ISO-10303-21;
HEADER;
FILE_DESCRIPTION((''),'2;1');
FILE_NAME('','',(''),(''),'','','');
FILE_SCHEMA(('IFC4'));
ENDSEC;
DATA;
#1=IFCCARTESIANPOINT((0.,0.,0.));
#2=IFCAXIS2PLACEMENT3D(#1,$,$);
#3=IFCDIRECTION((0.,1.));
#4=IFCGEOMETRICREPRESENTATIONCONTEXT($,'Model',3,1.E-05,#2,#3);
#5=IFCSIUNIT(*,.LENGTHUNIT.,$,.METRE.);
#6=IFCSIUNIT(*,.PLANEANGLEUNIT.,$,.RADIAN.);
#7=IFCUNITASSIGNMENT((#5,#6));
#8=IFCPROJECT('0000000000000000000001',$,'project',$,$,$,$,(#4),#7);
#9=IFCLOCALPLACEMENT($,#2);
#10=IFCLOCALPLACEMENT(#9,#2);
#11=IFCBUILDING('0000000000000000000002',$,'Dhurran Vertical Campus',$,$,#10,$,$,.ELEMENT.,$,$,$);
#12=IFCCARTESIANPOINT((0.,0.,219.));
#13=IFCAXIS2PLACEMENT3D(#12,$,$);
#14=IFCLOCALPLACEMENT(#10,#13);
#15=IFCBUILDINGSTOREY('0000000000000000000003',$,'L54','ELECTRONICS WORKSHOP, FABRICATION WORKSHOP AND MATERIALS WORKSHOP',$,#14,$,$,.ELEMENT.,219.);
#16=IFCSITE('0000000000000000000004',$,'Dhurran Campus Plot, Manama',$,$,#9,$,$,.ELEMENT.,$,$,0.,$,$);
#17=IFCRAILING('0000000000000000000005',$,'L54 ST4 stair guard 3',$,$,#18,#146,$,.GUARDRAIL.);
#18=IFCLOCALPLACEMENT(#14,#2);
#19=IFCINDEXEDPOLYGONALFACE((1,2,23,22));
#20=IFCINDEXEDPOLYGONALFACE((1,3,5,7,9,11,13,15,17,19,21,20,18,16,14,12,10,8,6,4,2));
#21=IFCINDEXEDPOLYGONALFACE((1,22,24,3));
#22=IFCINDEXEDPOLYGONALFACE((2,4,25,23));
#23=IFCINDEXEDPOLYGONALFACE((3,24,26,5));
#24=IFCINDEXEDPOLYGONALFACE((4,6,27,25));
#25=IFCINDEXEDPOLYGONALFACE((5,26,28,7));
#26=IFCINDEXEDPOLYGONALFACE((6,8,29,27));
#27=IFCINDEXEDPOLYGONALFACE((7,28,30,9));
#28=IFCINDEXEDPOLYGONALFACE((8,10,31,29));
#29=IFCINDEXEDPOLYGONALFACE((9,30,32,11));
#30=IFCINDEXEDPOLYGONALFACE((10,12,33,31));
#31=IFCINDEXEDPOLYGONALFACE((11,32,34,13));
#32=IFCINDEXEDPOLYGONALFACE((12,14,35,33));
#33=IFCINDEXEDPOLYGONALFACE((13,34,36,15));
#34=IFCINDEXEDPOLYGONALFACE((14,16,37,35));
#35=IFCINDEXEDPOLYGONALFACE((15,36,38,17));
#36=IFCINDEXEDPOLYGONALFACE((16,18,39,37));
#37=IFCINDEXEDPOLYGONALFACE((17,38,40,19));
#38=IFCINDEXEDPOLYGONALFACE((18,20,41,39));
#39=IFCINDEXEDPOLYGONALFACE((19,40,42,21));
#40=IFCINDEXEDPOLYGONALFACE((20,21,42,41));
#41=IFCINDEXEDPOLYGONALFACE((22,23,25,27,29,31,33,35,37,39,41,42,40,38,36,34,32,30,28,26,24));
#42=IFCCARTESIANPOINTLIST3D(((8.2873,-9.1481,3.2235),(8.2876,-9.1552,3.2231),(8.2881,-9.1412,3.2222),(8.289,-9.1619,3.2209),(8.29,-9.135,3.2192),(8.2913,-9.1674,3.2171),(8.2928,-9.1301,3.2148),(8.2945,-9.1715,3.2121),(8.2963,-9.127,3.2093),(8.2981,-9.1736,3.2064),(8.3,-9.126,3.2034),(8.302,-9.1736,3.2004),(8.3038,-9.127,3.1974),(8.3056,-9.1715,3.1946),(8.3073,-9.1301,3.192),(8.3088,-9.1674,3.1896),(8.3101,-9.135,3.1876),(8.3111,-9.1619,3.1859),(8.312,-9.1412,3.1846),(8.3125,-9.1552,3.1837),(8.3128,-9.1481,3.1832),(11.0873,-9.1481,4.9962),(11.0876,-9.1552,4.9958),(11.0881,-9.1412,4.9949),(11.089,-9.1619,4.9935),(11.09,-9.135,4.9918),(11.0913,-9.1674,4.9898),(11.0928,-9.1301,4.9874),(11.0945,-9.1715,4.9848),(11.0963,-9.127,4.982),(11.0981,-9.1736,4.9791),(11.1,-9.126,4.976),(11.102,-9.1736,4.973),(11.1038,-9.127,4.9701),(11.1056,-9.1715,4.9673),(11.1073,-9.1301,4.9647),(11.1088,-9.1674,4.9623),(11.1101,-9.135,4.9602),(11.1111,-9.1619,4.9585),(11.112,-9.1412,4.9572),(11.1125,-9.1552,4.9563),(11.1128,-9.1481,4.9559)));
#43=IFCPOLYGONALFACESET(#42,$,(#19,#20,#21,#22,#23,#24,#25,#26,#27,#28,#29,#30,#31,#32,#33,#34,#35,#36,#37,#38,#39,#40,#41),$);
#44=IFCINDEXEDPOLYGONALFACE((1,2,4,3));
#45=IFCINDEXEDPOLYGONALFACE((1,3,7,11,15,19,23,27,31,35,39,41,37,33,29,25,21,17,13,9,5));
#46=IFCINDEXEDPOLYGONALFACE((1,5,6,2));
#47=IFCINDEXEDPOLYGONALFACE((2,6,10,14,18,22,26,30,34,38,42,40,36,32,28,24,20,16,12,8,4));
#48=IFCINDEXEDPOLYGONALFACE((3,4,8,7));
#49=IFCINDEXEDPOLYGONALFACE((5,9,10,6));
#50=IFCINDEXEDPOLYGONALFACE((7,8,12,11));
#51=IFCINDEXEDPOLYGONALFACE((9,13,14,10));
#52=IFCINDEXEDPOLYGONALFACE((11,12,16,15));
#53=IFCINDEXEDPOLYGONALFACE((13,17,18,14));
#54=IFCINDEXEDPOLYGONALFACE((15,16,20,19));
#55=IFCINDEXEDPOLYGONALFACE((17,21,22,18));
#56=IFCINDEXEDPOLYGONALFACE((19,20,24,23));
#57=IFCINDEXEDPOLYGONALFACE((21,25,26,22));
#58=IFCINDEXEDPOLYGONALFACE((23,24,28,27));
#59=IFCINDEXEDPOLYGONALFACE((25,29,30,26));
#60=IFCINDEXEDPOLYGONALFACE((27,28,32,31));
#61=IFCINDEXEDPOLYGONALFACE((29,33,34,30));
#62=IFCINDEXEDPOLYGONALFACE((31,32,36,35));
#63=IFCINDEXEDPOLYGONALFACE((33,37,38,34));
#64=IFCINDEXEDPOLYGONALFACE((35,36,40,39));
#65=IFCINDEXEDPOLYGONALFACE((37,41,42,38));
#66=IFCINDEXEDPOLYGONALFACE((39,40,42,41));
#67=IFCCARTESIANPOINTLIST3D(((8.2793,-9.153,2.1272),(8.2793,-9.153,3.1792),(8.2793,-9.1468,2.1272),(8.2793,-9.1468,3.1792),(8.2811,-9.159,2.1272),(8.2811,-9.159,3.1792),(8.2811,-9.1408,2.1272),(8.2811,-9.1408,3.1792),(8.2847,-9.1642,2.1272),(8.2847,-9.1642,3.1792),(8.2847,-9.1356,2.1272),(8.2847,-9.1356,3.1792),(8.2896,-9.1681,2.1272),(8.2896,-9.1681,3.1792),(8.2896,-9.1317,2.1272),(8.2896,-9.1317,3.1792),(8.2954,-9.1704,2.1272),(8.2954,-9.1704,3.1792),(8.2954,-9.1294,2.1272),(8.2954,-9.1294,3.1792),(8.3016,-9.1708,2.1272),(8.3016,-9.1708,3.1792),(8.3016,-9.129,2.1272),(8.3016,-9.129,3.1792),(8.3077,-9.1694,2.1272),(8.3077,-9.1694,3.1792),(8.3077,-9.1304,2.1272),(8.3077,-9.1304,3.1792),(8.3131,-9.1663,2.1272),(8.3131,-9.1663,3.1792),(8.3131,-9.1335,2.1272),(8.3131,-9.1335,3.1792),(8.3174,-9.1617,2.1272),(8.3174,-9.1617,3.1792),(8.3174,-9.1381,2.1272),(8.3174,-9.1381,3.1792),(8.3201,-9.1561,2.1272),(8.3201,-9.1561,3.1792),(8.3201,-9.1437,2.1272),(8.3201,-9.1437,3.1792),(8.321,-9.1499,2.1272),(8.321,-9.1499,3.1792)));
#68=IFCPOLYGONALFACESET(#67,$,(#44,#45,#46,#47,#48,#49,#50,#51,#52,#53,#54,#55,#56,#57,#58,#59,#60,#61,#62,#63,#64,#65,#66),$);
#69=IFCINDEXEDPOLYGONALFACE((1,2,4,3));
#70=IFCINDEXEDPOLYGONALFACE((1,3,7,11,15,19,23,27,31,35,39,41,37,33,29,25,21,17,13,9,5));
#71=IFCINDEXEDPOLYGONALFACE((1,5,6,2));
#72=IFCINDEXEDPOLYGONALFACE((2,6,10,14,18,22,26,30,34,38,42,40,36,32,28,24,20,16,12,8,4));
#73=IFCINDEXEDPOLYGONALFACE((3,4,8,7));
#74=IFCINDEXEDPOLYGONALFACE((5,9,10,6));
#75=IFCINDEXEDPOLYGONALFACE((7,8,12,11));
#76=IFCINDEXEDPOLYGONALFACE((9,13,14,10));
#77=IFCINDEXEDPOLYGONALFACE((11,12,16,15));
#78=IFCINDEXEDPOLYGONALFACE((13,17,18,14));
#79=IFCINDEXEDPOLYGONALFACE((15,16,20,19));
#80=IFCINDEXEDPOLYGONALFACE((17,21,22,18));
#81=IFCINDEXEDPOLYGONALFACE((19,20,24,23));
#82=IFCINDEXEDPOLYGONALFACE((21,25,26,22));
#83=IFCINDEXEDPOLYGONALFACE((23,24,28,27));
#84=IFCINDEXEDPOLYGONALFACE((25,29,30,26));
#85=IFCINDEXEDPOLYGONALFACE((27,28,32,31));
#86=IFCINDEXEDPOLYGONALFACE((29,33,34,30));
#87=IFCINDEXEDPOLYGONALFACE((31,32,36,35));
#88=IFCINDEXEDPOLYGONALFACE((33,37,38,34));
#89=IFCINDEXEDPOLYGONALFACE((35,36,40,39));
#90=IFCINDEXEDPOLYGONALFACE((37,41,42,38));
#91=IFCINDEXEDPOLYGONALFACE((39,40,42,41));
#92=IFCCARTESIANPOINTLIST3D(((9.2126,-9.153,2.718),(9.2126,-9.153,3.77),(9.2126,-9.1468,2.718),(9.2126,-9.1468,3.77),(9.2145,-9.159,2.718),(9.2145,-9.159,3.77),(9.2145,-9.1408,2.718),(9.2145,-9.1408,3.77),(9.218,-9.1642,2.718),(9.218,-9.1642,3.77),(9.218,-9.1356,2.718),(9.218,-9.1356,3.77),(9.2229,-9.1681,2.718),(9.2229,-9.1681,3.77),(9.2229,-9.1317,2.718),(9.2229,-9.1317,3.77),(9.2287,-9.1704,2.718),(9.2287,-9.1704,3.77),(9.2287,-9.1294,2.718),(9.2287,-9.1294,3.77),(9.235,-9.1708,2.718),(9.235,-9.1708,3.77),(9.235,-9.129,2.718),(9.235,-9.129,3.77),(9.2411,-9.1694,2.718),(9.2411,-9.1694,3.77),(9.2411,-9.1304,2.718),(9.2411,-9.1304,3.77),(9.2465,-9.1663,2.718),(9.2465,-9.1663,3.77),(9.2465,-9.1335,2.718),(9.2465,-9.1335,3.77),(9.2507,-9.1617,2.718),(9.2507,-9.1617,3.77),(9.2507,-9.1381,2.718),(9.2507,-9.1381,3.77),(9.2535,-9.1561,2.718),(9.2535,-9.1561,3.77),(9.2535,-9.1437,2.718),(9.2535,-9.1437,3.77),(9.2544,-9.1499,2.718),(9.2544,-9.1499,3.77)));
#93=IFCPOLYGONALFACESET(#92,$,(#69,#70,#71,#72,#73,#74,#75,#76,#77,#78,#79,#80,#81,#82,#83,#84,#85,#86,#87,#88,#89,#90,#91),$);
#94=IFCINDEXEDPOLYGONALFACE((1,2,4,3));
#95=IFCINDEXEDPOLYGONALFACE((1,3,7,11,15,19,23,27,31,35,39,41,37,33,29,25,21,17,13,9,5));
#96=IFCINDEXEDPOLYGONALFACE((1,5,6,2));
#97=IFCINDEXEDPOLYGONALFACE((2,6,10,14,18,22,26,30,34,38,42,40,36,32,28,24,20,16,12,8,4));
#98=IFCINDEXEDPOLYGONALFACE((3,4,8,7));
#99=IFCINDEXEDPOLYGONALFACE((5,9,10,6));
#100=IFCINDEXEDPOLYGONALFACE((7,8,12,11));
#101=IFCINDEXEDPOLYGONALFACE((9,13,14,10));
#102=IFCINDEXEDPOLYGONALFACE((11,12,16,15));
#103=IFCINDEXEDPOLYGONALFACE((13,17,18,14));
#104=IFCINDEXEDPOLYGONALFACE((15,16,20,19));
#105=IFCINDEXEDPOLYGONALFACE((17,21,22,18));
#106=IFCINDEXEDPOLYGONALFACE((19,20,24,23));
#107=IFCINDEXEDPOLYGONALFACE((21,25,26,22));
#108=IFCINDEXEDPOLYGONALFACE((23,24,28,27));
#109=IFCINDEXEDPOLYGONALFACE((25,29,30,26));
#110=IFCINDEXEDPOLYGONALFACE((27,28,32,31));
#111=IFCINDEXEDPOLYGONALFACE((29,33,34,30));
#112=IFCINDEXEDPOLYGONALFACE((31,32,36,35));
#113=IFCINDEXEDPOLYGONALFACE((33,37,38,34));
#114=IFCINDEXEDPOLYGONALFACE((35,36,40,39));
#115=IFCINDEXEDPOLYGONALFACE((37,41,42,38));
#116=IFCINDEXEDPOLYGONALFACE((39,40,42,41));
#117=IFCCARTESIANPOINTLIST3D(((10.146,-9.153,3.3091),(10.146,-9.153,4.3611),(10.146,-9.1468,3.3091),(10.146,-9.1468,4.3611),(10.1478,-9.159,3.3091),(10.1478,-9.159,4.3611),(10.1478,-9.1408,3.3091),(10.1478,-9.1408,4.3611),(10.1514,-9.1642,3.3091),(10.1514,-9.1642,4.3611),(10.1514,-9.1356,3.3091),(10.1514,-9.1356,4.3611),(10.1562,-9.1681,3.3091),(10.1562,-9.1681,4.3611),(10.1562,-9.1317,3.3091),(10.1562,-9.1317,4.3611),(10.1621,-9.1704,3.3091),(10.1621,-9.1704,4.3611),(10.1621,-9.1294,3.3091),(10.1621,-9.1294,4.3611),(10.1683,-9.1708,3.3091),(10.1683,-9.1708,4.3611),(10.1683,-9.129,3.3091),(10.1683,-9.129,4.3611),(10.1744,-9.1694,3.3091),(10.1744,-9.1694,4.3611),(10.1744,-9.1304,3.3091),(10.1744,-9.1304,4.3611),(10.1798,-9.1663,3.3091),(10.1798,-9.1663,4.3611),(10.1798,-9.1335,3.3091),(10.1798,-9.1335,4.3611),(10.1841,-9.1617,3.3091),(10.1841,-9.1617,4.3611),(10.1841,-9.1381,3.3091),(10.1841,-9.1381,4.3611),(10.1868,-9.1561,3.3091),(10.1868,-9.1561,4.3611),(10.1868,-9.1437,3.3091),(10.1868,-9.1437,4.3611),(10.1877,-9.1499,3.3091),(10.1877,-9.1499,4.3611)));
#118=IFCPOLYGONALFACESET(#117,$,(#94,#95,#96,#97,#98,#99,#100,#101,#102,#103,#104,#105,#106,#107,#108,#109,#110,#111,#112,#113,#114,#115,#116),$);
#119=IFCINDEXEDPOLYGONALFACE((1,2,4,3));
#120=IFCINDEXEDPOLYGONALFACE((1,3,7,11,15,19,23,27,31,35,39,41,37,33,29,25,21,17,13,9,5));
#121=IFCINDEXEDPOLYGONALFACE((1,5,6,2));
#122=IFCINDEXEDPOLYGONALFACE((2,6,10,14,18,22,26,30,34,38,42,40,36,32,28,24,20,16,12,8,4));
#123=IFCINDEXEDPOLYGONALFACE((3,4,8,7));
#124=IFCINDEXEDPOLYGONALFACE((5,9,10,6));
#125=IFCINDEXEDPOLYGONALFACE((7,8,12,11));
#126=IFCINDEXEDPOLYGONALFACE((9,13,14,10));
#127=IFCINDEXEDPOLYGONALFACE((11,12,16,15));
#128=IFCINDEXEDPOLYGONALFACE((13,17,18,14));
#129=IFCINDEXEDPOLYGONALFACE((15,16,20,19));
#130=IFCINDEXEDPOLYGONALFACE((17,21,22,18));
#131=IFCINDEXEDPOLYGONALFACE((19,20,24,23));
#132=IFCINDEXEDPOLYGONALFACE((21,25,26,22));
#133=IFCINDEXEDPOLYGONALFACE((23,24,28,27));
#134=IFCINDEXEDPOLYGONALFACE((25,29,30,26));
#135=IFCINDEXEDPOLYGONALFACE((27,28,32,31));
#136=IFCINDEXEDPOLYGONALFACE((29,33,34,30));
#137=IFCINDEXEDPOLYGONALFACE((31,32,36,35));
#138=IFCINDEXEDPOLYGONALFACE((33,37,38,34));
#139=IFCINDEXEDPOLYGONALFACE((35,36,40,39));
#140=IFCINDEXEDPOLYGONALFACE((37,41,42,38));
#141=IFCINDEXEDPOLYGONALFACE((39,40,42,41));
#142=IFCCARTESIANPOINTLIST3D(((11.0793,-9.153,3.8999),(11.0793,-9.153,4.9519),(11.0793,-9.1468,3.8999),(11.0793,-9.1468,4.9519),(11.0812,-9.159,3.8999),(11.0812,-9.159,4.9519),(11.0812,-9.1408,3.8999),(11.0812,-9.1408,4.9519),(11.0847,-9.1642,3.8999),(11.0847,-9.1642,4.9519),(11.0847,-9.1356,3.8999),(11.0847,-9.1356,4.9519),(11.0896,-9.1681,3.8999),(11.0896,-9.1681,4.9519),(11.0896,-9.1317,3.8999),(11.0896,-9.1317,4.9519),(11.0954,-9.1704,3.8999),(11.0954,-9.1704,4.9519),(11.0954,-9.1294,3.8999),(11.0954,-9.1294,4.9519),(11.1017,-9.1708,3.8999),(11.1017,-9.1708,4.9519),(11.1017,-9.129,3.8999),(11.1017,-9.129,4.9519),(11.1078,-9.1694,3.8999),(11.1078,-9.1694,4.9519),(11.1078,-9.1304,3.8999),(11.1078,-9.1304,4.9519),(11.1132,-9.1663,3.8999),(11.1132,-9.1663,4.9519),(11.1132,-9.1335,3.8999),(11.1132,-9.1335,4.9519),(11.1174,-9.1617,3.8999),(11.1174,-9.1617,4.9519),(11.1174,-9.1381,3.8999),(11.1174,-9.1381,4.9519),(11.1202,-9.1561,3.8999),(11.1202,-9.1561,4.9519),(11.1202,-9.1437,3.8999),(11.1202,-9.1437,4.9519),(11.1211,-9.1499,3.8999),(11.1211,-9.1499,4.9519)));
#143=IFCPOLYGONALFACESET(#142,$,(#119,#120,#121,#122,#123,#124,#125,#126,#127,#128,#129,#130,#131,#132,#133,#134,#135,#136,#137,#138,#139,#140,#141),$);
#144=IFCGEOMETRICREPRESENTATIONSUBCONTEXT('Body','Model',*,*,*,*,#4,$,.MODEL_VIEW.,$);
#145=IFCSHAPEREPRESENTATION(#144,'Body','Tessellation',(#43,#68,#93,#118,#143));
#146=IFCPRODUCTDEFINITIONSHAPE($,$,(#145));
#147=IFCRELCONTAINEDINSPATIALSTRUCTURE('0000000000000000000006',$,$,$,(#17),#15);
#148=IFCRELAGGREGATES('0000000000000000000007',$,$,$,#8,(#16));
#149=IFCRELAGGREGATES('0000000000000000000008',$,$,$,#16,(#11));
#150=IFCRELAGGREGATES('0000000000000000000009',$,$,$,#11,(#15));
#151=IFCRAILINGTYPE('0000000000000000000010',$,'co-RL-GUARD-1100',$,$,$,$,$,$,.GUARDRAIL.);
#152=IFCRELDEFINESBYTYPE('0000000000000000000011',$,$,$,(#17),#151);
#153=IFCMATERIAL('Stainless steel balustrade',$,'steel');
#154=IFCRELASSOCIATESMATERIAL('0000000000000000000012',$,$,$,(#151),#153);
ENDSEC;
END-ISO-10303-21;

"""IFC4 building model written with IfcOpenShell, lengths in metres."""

from ifc_helpers import new_model, si_unit, direction, frame, origin, origin_2d, place, context, subcontext, project, spatial, circle, extrude, material, type_object, element, save


model = new_model("IFC4")

# Units and contexts
model_context = context("Model", 3, precision=1e-05, world=origin(), true_north=direction((0.0, 1.0)))
body_context = subcontext(model_context, "Body", "Model", "MODEL_VIEW")
ifc_project = project(units=[si_unit("LENGTHUNIT", "METRE"), si_unit("PLANEANGLEUNIT", "RADIAN")], contexts=[model_context])

# Site, building, storey
site_placement = place(None, origin())
site = spatial("IfcSite", under=ifc_project, at=site_placement, Name="Dhurran Campus Plot, Manama", CompositionType="ELEMENT", RefElevation=0.0)
building_placement = place(site_placement, origin())
building = spatial("IfcBuilding", under=site, at=building_placement, Name="Dhurran Vertical Campus", CompositionType="ELEMENT")
storey_placement = place(building_placement, frame((0.0, 0.0, 219.0)))
storey = spatial("IfcBuildingStorey", under=building, at=storey_placement, Name="L54", Description="ELECTRONICS WORKSHOP, FABRICATION WORKSHOP AND MATERIALS WORKSHOP", CompositionType="ELEMENT", Elevation=219.0)

# Railing
ifc_material_1 = material(Name="Stainless steel balustrade", Category="steel")
railing_type_1 = type_object("IfcRailingType", Name="co-RL-GUARD-1100", PredefinedType="GUARDRAIL", material=ifc_material_1)
railing_1_placement = place(storey_placement, frame((8.3, -9.1499, 2.1272)))
element("IfcRailing", 1, at=railing_1_placement, inside=storey, type_object=railing_type_1, Name="L54 ST4 stair guard 3", PredefinedType="GUARDRAIL", context=body_context, shape_type="SweptSolid", body=[
    extrude(circle(Radius=0.0239, at=origin_2d()), frame((0.0, 0.0, 1.0762), z_axis=(0.844909, 0.0, 0.53491), x_axis=(0.0, 1.0, 0.0)), (0.0, 0.0, 1.0), 3.314),
    extrude(circle(Radius=0.021, at=origin_2d()), origin(), (0.0, 0.0, 1.0), 1.052),
    extrude(circle(Radius=0.021, at=origin_2d()), frame((0.9333, 0.0, 0.5908)), (0.0, 0.0, 1.0), 1.052),
    extrude(circle(Radius=0.021, at=origin_2d()), frame((1.8667, 0.0, 1.1819)), (0.0, 0.0, 1.0), 1.052),
    extrude(circle(Radius=0.021, at=origin_2d()), frame((2.8, 0.0, 1.7727)), (0.0, 0.0, 1.0), 1.052),
])

save(model, "model.ifc")
